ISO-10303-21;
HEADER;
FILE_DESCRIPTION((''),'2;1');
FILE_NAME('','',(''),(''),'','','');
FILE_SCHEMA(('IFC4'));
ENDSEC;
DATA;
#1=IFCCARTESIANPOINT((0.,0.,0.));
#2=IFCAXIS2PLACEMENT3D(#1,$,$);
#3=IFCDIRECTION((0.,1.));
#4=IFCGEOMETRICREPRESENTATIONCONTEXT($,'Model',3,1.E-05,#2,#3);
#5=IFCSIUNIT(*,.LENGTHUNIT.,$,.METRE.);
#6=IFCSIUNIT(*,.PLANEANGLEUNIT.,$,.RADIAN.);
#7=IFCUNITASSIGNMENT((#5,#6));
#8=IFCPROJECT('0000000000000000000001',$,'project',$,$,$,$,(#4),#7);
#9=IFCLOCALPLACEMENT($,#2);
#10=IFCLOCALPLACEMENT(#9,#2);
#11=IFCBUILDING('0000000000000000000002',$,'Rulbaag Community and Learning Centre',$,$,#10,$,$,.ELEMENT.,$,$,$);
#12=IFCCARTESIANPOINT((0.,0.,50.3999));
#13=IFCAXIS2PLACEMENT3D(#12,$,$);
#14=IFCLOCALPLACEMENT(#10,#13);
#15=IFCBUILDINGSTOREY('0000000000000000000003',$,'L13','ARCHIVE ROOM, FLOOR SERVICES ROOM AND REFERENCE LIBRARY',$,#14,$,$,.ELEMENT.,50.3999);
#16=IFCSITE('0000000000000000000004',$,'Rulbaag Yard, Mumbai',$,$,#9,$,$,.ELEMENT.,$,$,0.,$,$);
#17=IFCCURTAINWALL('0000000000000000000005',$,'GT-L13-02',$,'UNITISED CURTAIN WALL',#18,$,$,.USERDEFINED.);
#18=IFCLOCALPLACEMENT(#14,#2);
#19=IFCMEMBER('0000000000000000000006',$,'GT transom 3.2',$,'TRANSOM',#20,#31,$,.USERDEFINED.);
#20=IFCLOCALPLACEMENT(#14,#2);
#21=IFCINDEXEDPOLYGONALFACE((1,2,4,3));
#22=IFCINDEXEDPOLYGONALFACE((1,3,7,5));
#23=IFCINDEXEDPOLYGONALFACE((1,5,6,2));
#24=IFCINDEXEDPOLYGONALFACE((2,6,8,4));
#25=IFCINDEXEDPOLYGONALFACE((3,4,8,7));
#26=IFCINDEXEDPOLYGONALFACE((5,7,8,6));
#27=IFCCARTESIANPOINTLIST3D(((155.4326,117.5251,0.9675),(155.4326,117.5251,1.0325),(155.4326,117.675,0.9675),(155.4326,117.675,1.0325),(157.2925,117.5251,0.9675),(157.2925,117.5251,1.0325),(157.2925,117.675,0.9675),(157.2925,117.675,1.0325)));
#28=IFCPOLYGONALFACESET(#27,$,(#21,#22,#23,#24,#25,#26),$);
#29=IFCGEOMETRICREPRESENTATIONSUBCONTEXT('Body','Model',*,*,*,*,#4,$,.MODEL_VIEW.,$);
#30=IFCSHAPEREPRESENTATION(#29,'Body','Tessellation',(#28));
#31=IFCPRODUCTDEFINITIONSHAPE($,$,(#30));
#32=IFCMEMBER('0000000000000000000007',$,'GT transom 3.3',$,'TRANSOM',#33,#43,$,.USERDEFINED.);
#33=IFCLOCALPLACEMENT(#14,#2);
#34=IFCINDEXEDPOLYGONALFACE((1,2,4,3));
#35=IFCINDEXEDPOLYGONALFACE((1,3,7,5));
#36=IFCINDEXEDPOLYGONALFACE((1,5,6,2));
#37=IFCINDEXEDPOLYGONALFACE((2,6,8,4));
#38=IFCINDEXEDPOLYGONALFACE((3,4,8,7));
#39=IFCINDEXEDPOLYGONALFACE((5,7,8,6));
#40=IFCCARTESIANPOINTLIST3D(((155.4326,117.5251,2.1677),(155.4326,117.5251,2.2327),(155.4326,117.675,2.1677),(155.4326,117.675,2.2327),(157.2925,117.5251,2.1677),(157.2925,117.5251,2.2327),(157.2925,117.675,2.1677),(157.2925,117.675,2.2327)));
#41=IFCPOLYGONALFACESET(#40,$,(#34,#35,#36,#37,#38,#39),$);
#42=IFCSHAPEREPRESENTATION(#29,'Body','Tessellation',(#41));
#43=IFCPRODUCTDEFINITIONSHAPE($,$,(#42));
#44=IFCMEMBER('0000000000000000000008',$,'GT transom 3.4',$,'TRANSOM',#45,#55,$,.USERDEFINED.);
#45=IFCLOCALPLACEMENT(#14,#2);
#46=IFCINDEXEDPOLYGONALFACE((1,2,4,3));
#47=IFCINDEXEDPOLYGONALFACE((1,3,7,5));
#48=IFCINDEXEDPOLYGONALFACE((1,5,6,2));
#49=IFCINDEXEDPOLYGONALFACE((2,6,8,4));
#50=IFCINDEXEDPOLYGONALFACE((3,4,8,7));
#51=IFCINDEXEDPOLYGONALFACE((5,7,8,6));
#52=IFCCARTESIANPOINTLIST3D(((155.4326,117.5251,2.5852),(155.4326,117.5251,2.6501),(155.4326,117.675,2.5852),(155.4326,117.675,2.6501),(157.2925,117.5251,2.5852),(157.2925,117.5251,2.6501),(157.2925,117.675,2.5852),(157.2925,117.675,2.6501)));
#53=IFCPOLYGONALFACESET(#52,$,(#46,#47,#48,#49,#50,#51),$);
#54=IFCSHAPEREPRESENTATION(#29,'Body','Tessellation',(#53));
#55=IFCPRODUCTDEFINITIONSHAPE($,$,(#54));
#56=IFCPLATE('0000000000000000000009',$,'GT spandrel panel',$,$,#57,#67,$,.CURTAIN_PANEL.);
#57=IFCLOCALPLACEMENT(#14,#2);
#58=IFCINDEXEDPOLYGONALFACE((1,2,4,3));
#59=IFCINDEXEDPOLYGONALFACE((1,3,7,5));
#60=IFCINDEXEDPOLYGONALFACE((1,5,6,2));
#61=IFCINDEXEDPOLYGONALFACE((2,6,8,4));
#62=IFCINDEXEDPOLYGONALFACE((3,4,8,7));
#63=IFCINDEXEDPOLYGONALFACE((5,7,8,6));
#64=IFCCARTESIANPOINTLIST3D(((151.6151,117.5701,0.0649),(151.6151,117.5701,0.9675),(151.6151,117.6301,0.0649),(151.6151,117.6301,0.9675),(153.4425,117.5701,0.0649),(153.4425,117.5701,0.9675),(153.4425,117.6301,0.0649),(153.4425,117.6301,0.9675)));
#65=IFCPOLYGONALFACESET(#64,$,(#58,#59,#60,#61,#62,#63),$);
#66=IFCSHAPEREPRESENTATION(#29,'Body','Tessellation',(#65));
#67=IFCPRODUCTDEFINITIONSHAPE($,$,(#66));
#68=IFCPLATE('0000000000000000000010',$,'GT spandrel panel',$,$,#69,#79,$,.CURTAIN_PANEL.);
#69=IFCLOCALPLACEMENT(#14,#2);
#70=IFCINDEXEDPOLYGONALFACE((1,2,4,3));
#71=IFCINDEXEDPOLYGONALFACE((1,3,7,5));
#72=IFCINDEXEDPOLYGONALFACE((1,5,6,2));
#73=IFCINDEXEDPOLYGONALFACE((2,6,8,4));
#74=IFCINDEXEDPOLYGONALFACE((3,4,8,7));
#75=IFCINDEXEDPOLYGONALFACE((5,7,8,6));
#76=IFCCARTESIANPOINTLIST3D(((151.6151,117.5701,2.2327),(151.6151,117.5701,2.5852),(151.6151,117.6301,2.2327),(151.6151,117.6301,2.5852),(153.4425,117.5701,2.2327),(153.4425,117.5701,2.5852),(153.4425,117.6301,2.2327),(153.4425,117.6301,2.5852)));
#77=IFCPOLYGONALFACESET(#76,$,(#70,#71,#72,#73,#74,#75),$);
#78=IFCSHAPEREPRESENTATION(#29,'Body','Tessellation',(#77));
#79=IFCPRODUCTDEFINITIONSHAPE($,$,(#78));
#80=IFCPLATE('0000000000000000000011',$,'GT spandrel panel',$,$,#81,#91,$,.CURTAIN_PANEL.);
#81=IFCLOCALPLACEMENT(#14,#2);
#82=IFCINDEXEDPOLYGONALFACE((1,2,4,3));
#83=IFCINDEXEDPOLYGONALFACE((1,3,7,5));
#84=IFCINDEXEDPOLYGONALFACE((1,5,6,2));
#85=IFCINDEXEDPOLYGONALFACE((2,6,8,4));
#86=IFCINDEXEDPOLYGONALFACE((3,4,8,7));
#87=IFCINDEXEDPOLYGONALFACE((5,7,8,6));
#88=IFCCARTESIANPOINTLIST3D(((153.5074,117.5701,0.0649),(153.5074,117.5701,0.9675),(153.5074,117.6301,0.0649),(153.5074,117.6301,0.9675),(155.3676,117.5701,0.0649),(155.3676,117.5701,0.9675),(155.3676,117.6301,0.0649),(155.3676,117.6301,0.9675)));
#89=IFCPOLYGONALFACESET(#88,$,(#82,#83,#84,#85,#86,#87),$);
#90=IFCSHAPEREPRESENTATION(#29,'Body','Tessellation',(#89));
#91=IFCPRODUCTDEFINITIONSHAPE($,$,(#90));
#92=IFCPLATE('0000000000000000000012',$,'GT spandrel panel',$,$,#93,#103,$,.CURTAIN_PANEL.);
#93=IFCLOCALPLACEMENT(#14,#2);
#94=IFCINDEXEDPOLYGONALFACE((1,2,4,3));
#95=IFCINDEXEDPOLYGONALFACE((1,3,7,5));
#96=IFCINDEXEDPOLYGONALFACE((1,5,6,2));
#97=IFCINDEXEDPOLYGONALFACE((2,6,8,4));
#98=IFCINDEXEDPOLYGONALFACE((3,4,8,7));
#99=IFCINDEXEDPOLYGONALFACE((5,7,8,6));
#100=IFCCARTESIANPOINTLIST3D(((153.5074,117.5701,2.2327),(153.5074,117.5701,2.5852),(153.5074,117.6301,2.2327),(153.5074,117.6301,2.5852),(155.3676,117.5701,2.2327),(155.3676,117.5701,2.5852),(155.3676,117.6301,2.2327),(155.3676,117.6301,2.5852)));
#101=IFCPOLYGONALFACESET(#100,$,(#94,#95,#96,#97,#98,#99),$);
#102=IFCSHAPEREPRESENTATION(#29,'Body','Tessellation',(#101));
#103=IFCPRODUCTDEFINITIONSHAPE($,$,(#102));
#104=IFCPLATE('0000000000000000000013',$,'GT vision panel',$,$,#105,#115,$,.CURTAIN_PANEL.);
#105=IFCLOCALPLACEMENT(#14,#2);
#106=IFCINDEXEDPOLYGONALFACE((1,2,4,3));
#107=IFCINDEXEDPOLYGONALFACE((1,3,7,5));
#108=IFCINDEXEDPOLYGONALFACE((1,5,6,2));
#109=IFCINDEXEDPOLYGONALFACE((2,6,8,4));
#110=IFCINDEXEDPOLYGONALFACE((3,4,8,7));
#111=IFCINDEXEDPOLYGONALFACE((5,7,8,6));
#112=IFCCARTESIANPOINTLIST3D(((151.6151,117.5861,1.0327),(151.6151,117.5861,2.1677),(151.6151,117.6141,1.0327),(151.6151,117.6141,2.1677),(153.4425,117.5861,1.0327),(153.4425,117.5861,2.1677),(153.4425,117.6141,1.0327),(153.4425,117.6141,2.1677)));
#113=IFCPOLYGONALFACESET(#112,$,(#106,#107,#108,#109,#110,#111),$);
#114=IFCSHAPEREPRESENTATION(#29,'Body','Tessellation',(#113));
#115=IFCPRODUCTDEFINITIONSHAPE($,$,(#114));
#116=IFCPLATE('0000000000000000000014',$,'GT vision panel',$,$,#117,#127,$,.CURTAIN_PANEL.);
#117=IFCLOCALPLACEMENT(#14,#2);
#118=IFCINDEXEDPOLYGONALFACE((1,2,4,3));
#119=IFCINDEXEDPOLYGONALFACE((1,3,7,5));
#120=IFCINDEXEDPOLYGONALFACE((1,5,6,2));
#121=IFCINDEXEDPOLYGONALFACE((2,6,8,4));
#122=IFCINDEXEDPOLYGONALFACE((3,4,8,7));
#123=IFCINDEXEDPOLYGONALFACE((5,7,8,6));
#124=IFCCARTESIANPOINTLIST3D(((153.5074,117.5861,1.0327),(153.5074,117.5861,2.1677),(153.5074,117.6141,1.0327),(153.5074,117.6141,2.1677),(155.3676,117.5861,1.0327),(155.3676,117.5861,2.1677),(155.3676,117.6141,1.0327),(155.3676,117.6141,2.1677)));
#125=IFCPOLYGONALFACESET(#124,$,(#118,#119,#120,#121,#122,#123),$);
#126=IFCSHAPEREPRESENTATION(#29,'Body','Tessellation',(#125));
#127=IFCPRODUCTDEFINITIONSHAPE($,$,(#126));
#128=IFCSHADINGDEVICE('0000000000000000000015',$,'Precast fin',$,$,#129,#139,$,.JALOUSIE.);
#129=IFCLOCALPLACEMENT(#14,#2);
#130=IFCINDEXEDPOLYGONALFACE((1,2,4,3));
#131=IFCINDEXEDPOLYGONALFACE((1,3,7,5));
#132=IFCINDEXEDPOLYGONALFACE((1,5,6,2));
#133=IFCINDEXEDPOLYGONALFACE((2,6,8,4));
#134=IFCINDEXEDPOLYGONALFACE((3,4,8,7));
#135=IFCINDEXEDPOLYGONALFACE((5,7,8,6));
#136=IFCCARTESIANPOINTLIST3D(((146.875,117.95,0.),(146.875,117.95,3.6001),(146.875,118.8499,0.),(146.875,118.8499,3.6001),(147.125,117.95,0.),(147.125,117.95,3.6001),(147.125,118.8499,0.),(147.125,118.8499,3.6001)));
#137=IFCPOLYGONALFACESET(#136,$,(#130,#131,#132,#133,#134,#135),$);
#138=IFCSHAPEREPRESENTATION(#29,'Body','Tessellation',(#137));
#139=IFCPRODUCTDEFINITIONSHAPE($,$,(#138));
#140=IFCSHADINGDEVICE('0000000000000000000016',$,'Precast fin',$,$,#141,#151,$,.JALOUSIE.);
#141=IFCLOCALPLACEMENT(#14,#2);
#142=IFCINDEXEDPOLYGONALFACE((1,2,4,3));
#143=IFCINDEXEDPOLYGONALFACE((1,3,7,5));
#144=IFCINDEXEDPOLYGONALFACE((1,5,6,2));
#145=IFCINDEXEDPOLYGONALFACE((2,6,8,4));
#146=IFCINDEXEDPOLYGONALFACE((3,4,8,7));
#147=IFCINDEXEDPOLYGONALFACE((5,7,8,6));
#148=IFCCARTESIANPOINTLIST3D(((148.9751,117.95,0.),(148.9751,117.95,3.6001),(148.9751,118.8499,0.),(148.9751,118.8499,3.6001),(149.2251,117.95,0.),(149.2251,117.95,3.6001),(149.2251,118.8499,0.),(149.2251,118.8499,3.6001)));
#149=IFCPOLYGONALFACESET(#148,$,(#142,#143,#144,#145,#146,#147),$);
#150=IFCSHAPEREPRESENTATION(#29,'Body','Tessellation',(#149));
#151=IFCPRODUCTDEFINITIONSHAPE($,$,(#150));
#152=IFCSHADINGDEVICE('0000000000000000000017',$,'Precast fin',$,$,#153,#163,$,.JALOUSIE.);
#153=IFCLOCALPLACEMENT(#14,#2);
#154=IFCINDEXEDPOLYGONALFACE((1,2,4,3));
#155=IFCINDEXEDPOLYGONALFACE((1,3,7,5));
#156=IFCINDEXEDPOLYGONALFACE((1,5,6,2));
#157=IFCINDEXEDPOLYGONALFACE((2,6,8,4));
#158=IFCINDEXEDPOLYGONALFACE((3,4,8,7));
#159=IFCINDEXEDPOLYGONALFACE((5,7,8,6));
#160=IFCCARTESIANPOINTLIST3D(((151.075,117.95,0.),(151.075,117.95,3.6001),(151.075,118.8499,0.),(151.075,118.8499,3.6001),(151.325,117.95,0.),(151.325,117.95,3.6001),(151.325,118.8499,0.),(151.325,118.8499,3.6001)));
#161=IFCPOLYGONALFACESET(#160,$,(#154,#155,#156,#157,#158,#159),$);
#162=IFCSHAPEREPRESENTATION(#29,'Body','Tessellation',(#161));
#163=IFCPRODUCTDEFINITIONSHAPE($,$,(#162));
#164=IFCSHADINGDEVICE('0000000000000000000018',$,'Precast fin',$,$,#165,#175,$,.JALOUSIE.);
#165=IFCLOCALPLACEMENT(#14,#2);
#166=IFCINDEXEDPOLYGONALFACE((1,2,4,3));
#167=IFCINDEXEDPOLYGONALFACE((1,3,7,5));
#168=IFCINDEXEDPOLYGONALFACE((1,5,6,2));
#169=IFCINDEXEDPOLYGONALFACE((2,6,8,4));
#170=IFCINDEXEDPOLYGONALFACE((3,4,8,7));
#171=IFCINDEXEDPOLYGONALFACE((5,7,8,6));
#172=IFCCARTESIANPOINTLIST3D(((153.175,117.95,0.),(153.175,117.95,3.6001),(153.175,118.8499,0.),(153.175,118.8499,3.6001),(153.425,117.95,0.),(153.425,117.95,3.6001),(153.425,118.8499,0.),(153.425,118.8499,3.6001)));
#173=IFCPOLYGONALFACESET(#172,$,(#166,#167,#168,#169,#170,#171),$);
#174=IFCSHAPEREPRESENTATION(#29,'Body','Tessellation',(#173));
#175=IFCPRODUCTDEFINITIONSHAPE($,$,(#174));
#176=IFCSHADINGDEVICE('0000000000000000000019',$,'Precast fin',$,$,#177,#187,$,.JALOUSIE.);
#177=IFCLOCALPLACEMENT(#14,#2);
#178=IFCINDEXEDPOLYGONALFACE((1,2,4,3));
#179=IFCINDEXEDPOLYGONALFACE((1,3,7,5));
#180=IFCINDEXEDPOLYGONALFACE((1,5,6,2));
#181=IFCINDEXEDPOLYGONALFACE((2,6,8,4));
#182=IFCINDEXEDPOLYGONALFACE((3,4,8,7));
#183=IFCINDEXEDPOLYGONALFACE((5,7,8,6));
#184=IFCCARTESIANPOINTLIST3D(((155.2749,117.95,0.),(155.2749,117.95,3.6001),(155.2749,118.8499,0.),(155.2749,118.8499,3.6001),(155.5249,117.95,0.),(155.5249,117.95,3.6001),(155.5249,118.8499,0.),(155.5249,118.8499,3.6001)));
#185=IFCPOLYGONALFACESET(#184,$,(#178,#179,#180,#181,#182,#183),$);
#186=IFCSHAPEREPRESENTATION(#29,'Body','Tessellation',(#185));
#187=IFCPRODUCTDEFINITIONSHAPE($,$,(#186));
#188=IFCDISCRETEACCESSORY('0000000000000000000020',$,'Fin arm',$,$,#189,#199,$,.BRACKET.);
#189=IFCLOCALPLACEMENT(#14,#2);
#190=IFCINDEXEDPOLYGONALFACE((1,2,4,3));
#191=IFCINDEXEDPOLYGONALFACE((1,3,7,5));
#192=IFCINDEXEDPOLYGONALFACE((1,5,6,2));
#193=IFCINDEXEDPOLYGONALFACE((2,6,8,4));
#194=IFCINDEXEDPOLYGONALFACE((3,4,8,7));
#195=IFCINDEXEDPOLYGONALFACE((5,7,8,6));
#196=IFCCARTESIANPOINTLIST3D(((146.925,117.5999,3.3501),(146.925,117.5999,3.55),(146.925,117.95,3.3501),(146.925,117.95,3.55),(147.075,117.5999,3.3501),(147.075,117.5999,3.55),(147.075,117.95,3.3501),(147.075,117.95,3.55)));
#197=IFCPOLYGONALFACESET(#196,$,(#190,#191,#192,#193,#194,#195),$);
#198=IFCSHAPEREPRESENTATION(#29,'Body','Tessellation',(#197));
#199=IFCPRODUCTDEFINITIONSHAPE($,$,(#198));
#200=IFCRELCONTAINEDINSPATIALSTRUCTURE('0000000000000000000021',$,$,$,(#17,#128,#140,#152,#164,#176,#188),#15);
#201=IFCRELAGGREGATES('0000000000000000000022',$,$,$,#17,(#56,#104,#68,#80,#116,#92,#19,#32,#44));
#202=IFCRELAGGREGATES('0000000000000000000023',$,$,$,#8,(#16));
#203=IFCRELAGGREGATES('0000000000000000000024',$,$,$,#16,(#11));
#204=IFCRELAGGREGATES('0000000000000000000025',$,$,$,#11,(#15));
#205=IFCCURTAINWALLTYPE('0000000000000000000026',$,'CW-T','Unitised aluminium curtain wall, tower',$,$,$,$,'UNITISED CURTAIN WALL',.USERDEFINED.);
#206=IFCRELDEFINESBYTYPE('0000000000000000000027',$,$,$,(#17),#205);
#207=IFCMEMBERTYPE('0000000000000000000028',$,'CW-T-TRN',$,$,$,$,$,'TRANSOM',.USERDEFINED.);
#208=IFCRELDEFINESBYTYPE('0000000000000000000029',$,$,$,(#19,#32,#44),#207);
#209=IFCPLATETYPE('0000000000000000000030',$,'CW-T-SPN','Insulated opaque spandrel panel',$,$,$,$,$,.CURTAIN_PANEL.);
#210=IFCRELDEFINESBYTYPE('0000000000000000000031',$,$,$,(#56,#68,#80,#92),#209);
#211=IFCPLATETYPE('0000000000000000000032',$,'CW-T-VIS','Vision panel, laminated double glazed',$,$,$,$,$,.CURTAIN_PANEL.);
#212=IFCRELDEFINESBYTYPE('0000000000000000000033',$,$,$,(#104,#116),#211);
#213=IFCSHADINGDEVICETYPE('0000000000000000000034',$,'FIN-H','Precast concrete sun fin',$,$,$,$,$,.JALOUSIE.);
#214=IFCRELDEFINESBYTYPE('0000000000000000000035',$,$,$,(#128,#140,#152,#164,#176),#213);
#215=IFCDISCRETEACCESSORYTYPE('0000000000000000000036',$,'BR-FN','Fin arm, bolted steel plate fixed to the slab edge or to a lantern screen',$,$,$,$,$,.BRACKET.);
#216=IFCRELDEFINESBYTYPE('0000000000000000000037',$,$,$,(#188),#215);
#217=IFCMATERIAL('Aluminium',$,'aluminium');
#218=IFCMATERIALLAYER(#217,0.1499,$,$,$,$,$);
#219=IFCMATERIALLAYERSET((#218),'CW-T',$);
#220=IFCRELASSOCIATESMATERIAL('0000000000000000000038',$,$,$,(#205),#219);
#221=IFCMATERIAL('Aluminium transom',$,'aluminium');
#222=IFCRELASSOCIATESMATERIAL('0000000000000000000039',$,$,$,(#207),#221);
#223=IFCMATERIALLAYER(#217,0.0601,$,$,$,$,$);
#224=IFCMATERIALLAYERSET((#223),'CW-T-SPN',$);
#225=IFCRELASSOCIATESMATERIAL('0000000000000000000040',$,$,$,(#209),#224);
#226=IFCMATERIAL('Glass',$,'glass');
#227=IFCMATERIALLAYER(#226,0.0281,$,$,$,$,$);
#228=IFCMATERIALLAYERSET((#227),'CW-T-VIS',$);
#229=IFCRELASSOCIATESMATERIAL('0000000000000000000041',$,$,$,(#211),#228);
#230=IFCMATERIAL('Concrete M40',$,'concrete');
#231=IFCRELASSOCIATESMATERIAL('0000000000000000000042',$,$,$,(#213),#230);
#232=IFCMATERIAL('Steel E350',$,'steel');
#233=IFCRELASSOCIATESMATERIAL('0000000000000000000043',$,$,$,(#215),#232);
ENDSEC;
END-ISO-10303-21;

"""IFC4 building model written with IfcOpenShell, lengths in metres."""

from ifc_helpers import new_model, si_unit, direction, frame, origin, origin_2d, place, context, subcontext, project, spatial, rectangle, extrude, material, layer, layer_set, material_profile, profile_set, type_object, element, aggregate, save


model = new_model("IFC4")

# Units and contexts
model_context = context("Model", 3, precision=1e-05, world=origin(), true_north=direction((0.0, 1.0)))
body_context = subcontext(model_context, "Body", "Model", "MODEL_VIEW")
ifc_project = project(units=[si_unit("LENGTHUNIT", "METRE"), si_unit("PLANEANGLEUNIT", "RADIAN")], contexts=[model_context])

# Site, building, storey
site_placement = place(None, origin())
site = spatial("IfcSite", under=ifc_project, at=site_placement, Name="Rulbaag Yard, Mumbai", CompositionType="ELEMENT", RefElevation=0.0)
building_placement = place(site_placement, origin())
building = spatial("IfcBuilding", under=site, at=building_placement, Name="Rulbaag Community and Learning Centre", CompositionType="ELEMENT")
storey_placement = place(building_placement, frame((0.0, 0.0, 50.3999)))
storey = spatial("IfcBuildingStorey", under=building, at=storey_placement, Name="L13", Description="ARCHIVE ROOM, FLOOR SERVICES ROOM AND REFERENCE LIBRARY", CompositionType="ELEMENT", Elevation=50.3999)

# Shared definitions
ifc_material_1 = material(Name="Concrete M40", Category="concrete")

# Curtain wall, members, plates
ifc_material_2 = material(Name="Aluminium", Category="aluminium")
ifc_layer_1 = layer(ifc_material_2, 0.1499)
ifc_layer_set_1 = layer_set([ifc_layer_1], Name="CW-T")
curtain_wall_type = type_object("IfcCurtainWallType", Name="CW-T", Description="Unitised aluminium curtain wall, tower", ElementType="UNITISED CURTAIN WALL", PredefinedType="USERDEFINED", material=ifc_layer_set_1)
curtain_wall_placement = place(storey_placement, origin())
curtain_wall = element("IfcCurtainWall", 1, at=curtain_wall_placement, inside=storey, type_object=curtain_wall_type, Name="GT-L13-02", ObjectType="UNITISED CURTAIN WALL", PredefinedType="USERDEFINED")
ifc_material_3 = material(Name="Aluminium transom", Category="aluminium")
ifc_material_profile_1 = material_profile(ifc_material_3, rectangle(XDim=0.1499, YDim=0.0649, at=origin_2d()), Name="AL 65x150 T")
ifc_profile_set_1 = profile_set([ifc_material_profile_1], Name="Aluminium transom")
member_type_1 = type_object("IfcMemberType", Name="CW-T-TRN", ElementType="TRANSOM", PredefinedType="USERDEFINED", material=ifc_profile_set_1)
member_1_placement = place(storey_placement, frame((155.4326, 117.6001, 1.0), z_axis=(1.0, 0.0, 0.0), x_axis=(0.0, 1.0, 0.0)))
member_1 = element("IfcMember", 2, at=member_1_placement, type_object=member_type_1, Name="GT transom 3.2", ObjectType="TRANSOM", PredefinedType="USERDEFINED", context=body_context, shape_type="SweptSolid", body=[
    extrude(rectangle(XDim=0.1499, YDim=0.0649, at=origin_2d()), origin(), (0.0, 0.0, 1.0), 1.8599),
])
member_2_placement = place(storey_placement, frame((155.4326, 117.6001, 2.2002), z_axis=(1.0, 0.0, 0.0), x_axis=(0.0, 1.0, 0.0)))
member_2 = element("IfcMember", 3, at=member_2_placement, type_object=member_type_1, Name="GT transom 3.3", ObjectType="TRANSOM", PredefinedType="USERDEFINED", context=body_context, shape_type="SweptSolid", body=[
    extrude(rectangle(XDim=0.1499, YDim=0.0649, at=origin_2d()), origin(), (0.0, 0.0, 1.0), 1.8599),
])
member_3_placement = place(storey_placement, frame((155.4326, 117.6001, 2.6177), z_axis=(1.0, 0.0, 0.0), x_axis=(0.0, 1.0, 0.0)))
member_3 = element("IfcMember", 4, at=member_3_placement, type_object=member_type_1, Name="GT transom 3.4", ObjectType="TRANSOM", PredefinedType="USERDEFINED", context=body_context, shape_type="SweptSolid", body=[
    extrude(rectangle(XDim=0.1499, YDim=0.0649, at=origin_2d()), origin(), (0.0, 0.0, 1.0), 1.8599),
])
ifc_layer_2 = layer(ifc_material_2, 0.0601)
ifc_layer_set_2 = layer_set([ifc_layer_2], Name="CW-T-SPN")
plate_type_1 = type_object("IfcPlateType", Name="CW-T-SPN", Description="Insulated opaque spandrel panel", PredefinedType="CURTAIN_PANEL", material=ifc_layer_set_2)
plate_1_placement = place(storey_placement, frame((152.5288, 117.6001, 0.0649), z_axis=(0.0, 0.0, 1.0), x_axis=(1.0, 0.0, 0.0)))
plate_1 = element("IfcPlate", 5, at=plate_1_placement, type_object=plate_type_1, Name="GT spandrel panel", PredefinedType="CURTAIN_PANEL", context=body_context, shape_type="SweptSolid", body=[
    extrude(rectangle(XDim=1.8274, YDim=0.0601, at=origin_2d()), origin(), (0.0, 0.0, 1.0), 0.9026),
])
plate_2_placement = place(storey_placement, frame((152.5288, 117.6001, 2.2327), z_axis=(0.0, 0.0, 1.0), x_axis=(1.0, 0.0, 0.0)))
plate_2 = element("IfcPlate", 6, at=plate_2_placement, type_object=plate_type_1, Name="GT spandrel panel", PredefinedType="CURTAIN_PANEL", context=body_context, shape_type="SweptSolid", body=[
    extrude(rectangle(XDim=1.8274, YDim=0.0601, at=origin_2d()), origin(), (0.0, 0.0, 1.0), 0.3525),
])
plate_3_placement = place(storey_placement, frame((154.4375, 117.6001, 0.0649), z_axis=(0.0, 0.0, 1.0), x_axis=(1.0, 0.0, 0.0)))
plate_3 = element("IfcPlate", 7, at=plate_3_placement, type_object=plate_type_1, Name="GT spandrel panel", PredefinedType="CURTAIN_PANEL", context=body_context, shape_type="SweptSolid", body=[
    extrude(rectangle(XDim=1.8601, YDim=0.0601, at=origin_2d()), origin(), (0.0, 0.0, 1.0), 0.9026),
])
plate_4_placement = place(storey_placement, frame((154.4375, 117.6001, 2.2327), z_axis=(0.0, 0.0, 1.0), x_axis=(1.0, 0.0, 0.0)))
plate_4 = element("IfcPlate", 8, at=plate_4_placement, type_object=plate_type_1, Name="GT spandrel panel", PredefinedType="CURTAIN_PANEL", context=body_context, shape_type="SweptSolid", body=[
    extrude(rectangle(XDim=1.8601, YDim=0.0601, at=origin_2d()), origin(), (0.0, 0.0, 1.0), 0.3525),
])
ifc_material_4 = material(Name="Glass", Category="glass")
ifc_layer_3 = layer(ifc_material_4, 0.0281)
ifc_layer_set_3 = layer_set([ifc_layer_3], Name="CW-T-VIS")
plate_type_2 = type_object("IfcPlateType", Name="CW-T-VIS", Description="Vision panel, laminated double glazed", PredefinedType="CURTAIN_PANEL", material=ifc_layer_set_3)
plate_5_placement = place(storey_placement, frame((152.5288, 117.6001, 1.0327), z_axis=(0.0, 0.0, 1.0), x_axis=(1.0, 0.0, 0.0)))
plate_5 = element("IfcPlate", 9, at=plate_5_placement, type_object=plate_type_2, Name="GT vision panel", PredefinedType="CURTAIN_PANEL", context=body_context, shape_type="SweptSolid", body=[
    extrude(rectangle(XDim=1.8274, YDim=0.0281, at=origin_2d()), origin(), (0.0, 0.0, 1.0), 1.135),
])
plate_6_placement = place(storey_placement, frame((154.4375, 117.6001, 1.0327), z_axis=(0.0, 0.0, 1.0), x_axis=(1.0, 0.0, 0.0)))
plate_6 = element("IfcPlate", 10, at=plate_6_placement, type_object=plate_type_2, Name="GT vision panel", PredefinedType="CURTAIN_PANEL", context=body_context, shape_type="SweptSolid", body=[
    extrude(rectangle(XDim=1.8601, YDim=0.0281, at=origin_2d()), origin(), (0.0, 0.0, 1.0), 1.135),
])
aggregate(curtain_wall, [plate_1, plate_5, plate_2, plate_3, plate_6, plate_4, member_1, member_2, member_3])

# Shading devices
ifc_material_profile_2 = material_profile(ifc_material_1, rectangle(XDim=0.25, YDim=0.8999, at=origin_2d()), Name="PC 250x900")
ifc_profile_set_2 = profile_set([ifc_material_profile_2], Name="Concrete M40")
shading_device_type = type_object("IfcShadingDeviceType", Name="FIN-H", Description="Precast concrete sun fin", PredefinedType="JALOUSIE", material=ifc_profile_set_2)
for number, where, z_axis, x_axis, name in (
    (11, (147.0, 118.3999, 0.0), (0.0, 0.0, 1.0), (1.0, 0.0, 0.0), "Precast fin"),
    (12, (149.1001, 118.3999, 0.0), (0.0, 0.0, 1.0), (1.0, 0.0, 0.0), "Precast fin"),
    (13, (151.2, 118.3999, 0.0), (0.0, 0.0, 1.0), (1.0, 0.0, 0.0), "Precast fin"),
    (14, (153.3, 118.3999, 0.0), (0.0, 0.0, 1.0), (1.0, 0.0, 0.0), "Precast fin"),
    (15, (155.3999, 118.3999, 0.0), (0.0, 0.0, 1.0), (1.0, 0.0, 0.0), "Precast fin"),
):
    element("IfcShadingDevice", number, at=place(storey_placement, frame(where, z_axis=z_axis, x_axis=x_axis)), inside=storey, type_object=shading_device_type, Name=name, PredefinedType="JALOUSIE", context=body_context, shape_type="SweptSolid", body=[
        extrude(rectangle(XDim=0.25, YDim=0.8999, at=origin_2d()), origin(), (0.0, 0.0, 1.0), 3.6001),
    ])

# Discrete accessory
ifc_material_5 = material(Name="Steel E350", Category="steel")
discrete_accessory_type = type_object("IfcDiscreteAccessoryType", Name="BR-FN", Description="Fin arm, bolted steel plate fixed to the slab edge or to a lantern screen", PredefinedType="BRACKET", material=ifc_material_5)
for number, where, z_axis, x_axis, name in (
    (16, (147.0, 117.7749, 3.3501), (0.0, 0.0, 1.0), (1.0, 0.0, 0.0), "Fin arm"),
):
    element("IfcDiscreteAccessory", number, at=place(storey_placement, frame(where, z_axis=z_axis, x_axis=x_axis)), inside=storey, type_object=discrete_accessory_type, Name=name, PredefinedType="BRACKET", context=body_context, shape_type="SweptSolid", body=[
        extrude(rectangle(XDim=0.1499, YDim=0.3501, at=origin_2d()), origin(), (0.0, 0.0, 1.0), 0.2),
    ])

save(model, "model.ifc")
